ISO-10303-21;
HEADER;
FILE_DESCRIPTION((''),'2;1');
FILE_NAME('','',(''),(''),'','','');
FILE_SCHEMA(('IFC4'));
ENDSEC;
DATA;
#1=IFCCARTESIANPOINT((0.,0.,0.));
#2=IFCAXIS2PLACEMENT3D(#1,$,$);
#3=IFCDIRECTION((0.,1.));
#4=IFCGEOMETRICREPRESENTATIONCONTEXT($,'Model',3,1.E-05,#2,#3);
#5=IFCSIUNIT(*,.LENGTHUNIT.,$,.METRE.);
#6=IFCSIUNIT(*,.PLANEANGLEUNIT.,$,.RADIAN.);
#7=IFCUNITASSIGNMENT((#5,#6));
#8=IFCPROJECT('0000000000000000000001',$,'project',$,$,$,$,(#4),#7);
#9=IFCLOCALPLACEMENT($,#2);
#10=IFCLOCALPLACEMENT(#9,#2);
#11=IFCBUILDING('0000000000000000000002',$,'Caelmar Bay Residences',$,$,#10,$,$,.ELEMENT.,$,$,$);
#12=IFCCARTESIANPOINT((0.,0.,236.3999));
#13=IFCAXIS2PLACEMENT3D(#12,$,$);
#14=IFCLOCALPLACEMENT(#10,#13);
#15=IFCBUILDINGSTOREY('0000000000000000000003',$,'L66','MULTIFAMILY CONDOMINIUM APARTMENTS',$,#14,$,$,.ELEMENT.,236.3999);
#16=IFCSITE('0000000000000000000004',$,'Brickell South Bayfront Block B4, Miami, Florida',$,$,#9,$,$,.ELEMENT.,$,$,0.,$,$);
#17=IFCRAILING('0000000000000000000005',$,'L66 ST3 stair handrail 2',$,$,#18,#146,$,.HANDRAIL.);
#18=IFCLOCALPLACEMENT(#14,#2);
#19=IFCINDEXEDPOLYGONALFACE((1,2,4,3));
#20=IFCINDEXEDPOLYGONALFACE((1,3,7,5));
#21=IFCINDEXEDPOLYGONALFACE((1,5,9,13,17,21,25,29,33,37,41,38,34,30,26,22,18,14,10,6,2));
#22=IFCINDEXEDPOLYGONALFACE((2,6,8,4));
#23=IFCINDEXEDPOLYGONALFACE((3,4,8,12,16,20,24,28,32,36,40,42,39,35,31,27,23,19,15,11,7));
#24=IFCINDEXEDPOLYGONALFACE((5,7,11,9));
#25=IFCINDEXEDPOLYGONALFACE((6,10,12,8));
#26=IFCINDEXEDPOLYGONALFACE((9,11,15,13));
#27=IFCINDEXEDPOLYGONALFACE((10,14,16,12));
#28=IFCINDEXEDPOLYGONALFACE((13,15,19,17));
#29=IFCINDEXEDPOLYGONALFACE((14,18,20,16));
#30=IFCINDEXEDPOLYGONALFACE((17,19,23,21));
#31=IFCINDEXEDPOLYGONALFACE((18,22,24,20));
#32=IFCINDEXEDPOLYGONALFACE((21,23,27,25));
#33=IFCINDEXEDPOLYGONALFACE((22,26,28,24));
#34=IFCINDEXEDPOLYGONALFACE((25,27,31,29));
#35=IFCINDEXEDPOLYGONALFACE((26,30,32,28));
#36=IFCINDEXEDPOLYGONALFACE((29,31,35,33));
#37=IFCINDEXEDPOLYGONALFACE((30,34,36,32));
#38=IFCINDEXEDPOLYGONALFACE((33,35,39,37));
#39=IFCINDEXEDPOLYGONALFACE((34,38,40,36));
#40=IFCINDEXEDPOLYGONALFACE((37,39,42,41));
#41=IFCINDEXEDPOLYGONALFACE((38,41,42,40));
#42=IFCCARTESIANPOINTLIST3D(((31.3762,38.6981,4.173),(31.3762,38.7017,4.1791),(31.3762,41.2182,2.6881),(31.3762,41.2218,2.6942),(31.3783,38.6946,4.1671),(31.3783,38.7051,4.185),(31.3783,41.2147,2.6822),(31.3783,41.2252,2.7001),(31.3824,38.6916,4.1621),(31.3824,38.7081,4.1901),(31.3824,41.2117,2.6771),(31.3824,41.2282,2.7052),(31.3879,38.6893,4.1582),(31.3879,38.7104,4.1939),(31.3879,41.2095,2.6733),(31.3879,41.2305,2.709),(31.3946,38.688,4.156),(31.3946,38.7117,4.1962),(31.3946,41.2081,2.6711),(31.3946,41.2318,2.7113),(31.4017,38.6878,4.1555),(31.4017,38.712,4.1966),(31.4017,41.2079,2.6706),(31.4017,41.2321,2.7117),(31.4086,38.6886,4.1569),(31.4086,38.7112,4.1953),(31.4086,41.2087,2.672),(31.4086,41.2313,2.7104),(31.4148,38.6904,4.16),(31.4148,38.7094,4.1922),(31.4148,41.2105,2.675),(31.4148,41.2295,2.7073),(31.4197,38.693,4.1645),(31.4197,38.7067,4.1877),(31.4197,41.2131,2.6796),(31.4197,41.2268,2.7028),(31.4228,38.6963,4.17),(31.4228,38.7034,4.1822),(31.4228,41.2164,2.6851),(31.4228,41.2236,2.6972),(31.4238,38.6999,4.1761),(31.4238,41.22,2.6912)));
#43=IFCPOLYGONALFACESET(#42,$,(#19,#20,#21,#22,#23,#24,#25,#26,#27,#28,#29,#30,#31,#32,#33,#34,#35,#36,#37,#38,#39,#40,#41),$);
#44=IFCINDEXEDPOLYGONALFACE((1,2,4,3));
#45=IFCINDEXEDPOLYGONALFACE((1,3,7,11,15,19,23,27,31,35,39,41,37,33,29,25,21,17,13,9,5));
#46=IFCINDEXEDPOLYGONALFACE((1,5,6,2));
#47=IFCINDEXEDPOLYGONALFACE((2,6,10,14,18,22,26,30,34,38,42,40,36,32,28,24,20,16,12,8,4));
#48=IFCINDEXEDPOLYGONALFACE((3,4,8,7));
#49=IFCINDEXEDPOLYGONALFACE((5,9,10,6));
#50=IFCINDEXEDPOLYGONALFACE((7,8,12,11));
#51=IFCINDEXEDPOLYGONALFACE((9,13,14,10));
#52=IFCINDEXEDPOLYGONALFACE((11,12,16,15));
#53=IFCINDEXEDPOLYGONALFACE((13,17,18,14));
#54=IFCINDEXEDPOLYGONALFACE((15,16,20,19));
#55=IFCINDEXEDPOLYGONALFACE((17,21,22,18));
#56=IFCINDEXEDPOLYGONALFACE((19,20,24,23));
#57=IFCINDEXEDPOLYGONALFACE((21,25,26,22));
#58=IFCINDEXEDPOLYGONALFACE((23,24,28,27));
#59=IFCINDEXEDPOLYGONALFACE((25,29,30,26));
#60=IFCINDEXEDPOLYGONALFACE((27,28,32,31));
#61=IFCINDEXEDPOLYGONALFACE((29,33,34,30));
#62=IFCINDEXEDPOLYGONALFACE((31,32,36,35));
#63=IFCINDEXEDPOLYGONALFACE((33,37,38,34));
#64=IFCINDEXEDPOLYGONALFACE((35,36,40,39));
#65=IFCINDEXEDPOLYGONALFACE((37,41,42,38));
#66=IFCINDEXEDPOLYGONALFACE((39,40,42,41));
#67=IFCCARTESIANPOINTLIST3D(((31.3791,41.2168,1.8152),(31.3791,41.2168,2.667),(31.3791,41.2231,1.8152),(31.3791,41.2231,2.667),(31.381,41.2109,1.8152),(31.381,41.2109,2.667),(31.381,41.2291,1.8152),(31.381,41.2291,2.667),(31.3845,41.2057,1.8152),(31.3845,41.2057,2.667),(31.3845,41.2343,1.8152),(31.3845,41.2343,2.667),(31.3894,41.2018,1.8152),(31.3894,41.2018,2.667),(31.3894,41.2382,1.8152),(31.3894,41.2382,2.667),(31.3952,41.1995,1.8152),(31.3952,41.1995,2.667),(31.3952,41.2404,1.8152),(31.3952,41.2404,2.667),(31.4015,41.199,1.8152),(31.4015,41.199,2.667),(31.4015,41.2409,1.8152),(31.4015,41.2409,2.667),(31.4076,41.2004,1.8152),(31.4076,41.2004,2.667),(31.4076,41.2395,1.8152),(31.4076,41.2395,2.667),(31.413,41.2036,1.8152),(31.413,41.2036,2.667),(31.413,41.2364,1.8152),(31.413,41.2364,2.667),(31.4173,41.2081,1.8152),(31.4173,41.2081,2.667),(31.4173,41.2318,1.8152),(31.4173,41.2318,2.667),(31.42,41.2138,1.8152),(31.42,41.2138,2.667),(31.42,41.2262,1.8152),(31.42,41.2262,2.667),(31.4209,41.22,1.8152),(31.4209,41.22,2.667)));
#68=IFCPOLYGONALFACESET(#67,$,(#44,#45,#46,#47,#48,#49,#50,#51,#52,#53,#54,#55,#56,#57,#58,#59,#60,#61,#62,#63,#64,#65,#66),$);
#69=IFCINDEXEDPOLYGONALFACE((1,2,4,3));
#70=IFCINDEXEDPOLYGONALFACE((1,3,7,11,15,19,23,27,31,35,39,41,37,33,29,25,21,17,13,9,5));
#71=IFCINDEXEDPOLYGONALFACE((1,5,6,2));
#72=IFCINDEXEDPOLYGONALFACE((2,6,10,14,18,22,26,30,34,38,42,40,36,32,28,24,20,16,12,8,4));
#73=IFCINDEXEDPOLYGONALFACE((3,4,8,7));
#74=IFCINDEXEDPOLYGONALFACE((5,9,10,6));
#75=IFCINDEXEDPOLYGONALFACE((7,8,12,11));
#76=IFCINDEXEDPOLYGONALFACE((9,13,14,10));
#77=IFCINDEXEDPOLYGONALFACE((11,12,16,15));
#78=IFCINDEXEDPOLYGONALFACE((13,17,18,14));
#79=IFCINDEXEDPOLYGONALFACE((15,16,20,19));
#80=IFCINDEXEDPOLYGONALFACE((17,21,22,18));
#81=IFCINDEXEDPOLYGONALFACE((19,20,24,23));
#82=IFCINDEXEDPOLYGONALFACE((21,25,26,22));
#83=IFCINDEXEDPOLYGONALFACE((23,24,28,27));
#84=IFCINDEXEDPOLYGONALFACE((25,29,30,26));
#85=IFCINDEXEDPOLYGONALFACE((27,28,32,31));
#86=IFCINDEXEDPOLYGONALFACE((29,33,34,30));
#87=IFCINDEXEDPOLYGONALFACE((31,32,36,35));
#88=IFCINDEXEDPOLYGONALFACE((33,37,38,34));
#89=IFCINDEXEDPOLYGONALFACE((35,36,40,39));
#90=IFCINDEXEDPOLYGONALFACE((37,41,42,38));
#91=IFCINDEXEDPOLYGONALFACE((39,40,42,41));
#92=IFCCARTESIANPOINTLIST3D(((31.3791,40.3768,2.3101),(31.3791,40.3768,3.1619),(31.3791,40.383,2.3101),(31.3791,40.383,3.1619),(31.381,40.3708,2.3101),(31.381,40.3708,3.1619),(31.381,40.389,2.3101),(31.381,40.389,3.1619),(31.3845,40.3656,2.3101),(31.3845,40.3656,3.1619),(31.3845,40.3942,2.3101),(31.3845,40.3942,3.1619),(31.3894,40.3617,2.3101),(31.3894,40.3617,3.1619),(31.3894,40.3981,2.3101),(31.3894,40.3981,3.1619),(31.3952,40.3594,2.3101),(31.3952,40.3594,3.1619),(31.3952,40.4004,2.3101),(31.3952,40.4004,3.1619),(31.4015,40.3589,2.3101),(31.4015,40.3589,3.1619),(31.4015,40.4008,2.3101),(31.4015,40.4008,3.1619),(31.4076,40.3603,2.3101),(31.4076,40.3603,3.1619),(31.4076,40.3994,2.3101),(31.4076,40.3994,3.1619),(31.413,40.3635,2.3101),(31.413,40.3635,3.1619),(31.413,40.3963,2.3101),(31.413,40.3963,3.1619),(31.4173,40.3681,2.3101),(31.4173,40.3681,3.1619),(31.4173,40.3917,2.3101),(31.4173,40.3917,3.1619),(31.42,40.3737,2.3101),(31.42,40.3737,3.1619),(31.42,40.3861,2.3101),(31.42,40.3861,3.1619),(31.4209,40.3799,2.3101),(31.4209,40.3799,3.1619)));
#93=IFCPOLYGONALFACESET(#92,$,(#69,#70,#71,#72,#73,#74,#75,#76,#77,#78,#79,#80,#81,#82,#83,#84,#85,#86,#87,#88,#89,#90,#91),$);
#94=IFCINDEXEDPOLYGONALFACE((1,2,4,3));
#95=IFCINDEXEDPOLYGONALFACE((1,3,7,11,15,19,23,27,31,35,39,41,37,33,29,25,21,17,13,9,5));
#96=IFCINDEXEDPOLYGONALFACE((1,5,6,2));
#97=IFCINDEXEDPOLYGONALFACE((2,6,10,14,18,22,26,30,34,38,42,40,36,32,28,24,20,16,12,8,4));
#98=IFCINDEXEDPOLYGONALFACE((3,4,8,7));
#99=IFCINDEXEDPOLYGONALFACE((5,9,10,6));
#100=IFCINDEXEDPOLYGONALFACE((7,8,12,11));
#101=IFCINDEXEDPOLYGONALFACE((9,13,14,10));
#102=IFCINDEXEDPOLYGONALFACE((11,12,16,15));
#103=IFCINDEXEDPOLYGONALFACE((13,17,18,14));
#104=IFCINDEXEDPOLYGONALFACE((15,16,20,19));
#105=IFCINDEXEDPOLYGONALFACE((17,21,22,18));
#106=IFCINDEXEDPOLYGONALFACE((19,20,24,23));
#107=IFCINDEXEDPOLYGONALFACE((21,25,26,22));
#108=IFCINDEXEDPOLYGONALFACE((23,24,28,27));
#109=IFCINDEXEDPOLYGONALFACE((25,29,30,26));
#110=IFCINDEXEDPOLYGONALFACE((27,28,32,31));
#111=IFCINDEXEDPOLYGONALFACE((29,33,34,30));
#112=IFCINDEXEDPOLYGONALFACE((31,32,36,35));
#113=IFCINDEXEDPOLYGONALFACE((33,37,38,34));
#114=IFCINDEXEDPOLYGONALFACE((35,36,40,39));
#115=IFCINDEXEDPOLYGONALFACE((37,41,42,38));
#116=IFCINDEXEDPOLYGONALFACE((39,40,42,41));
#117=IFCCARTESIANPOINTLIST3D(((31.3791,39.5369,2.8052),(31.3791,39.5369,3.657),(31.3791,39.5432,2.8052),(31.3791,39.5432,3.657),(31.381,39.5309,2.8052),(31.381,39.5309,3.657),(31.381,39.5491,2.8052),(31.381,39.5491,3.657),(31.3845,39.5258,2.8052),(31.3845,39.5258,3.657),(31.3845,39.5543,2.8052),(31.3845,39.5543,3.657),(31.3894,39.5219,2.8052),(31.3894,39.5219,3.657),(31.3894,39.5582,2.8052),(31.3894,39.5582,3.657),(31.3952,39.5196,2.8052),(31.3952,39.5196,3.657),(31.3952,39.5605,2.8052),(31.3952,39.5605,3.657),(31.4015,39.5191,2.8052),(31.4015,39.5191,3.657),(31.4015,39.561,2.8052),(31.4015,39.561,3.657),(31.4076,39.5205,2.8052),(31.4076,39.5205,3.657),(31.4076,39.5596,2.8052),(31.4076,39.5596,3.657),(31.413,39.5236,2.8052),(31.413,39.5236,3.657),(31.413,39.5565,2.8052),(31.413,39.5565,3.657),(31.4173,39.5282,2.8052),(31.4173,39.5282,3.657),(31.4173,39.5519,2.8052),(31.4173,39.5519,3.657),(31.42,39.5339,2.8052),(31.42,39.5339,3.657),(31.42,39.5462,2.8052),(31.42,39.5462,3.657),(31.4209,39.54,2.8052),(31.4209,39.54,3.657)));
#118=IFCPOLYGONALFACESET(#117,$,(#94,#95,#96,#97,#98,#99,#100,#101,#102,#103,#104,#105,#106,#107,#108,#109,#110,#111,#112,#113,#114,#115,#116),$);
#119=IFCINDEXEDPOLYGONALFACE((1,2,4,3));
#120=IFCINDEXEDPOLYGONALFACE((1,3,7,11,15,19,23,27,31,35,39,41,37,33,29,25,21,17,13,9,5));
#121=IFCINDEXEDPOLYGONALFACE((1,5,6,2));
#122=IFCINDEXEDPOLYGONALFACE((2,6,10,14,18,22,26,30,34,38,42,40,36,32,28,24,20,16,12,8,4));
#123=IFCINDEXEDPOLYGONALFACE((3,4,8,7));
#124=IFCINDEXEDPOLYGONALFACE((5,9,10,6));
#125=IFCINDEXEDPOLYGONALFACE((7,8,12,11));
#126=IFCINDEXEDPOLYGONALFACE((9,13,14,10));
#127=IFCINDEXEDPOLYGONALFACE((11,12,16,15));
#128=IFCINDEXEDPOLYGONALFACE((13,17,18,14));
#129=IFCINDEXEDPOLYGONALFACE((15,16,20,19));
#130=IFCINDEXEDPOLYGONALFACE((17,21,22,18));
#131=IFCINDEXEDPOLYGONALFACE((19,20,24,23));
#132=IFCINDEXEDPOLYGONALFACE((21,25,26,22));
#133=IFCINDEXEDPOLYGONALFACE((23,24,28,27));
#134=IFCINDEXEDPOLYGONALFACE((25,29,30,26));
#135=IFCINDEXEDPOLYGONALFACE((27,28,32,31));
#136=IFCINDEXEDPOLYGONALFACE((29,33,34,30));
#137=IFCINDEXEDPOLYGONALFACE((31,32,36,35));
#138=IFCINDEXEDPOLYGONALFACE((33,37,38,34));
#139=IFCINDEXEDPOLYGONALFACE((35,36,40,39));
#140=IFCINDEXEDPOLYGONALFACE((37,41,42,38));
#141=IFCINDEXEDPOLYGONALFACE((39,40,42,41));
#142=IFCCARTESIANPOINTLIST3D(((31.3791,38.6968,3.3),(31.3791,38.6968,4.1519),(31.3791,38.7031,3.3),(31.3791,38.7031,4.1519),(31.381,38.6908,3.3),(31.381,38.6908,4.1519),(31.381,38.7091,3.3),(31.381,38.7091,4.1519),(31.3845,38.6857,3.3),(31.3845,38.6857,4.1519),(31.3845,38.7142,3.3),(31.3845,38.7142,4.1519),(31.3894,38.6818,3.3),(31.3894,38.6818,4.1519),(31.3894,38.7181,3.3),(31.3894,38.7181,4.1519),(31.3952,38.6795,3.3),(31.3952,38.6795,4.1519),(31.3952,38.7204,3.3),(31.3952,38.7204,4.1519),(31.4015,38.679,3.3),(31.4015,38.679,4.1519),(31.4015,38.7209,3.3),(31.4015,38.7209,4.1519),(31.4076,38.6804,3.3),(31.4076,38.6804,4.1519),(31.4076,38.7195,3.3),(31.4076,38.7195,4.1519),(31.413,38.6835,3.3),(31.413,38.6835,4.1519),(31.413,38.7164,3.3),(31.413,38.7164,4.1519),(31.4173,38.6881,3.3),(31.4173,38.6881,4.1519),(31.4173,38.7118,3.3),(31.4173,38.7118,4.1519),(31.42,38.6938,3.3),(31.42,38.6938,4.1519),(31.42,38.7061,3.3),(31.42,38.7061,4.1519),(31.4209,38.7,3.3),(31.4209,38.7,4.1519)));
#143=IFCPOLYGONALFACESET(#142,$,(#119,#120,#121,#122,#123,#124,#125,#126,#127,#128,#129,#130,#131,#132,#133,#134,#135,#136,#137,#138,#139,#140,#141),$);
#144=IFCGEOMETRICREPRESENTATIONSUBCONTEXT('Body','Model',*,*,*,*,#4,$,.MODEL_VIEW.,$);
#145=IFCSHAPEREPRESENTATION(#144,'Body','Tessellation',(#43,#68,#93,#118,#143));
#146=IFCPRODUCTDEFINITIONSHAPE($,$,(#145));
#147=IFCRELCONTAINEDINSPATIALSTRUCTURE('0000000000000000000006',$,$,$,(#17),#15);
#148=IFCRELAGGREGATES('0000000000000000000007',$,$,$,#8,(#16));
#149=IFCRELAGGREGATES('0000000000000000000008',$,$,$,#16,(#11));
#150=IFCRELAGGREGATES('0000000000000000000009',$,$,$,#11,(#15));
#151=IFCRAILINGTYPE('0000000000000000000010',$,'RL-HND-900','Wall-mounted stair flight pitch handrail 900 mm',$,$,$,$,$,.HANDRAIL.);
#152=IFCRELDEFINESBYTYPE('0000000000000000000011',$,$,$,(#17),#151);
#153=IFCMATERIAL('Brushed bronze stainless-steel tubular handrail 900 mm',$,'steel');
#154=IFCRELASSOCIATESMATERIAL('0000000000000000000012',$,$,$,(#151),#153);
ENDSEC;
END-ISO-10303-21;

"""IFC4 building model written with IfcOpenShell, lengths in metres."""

from ifc_helpers import new_model, si_unit, direction, frame, origin, origin_2d, place, context, subcontext, project, spatial, circle, extrude, material, type_object, element, save


model = new_model("IFC4")

# Units and contexts
model_context = context("Model", 3, precision=1e-05, world=origin(), true_north=direction((0.0, 1.0)))
body_context = subcontext(model_context, "Body", "Model", "MODEL_VIEW")
ifc_project = project(units=[si_unit("LENGTHUNIT", "METRE"), si_unit("PLANEANGLEUNIT", "RADIAN")], contexts=[model_context])

# Site, building, storey
site_placement = place(None, origin())
site = spatial("IfcSite", under=ifc_project, at=site_placement, Name="Brickell South Bayfront Block B4, Miami, Florida", CompositionType="ELEMENT", RefElevation=0.0)
building_placement = place(site_placement, origin())
building = spatial("IfcBuilding", under=site, at=building_placement, Name="Caelmar Bay Residences", CompositionType="ELEMENT")
storey_placement = place(building_placement, frame((0.0, 0.0, 236.3999)))
storey = spatial("IfcBuildingStorey", under=building, at=storey_placement, Name="L66", Description="MULTIFAMILY CONDOMINIUM APARTMENTS", CompositionType="ELEMENT", Elevation=236.3999)

# Railing
ifc_material_1 = material(Name="Brushed bronze stainless-steel tubular handrail 900 mm", Category="steel")
railing_type_1 = type_object("IfcRailingType", Name="RL-HND-900", Description="Wall-mounted stair flight pitch handrail 900 mm", PredefinedType="HANDRAIL", material=ifc_material_1)
railing_1_placement = place(storey_placement, frame((31.3999, 41.22, 1.8152)))
element("IfcRailing", 1, at=railing_1_placement, inside=storey, type_object=railing_type_1, Name="L66 ST3 stair handrail 2", PredefinedType="HANDRAIL", context=body_context, shape_type="SweptSolid", body=[
    extrude(circle(Radius=0.0239, at=origin_2d()), frame((0.0, 0.0, 0.876), z_axis=(0.0, -0.861561, 0.507655), x_axis=(1.0, 0.0, 0.0)), (0.0, 0.0, 1.0), 2.925),
    extrude(circle(Radius=0.021, at=origin_2d()), origin(), (0.0, 0.0, 1.0), 0.8518),
    extrude(circle(Radius=0.021, at=origin_2d()), frame((0.0, -0.8401, 0.4949)), (0.0, 0.0, 1.0), 0.8518),
    extrude(circle(Radius=0.021, at=origin_2d()), frame((0.0, -1.6799, 0.99)), (0.0, 0.0, 1.0), 0.8518),
    extrude(circle(Radius=0.021, at=origin_2d()), frame((0.0, -2.52, 1.4849)), (0.0, 0.0, 1.0), 0.8518),
])

save(model, "model.ifc")
